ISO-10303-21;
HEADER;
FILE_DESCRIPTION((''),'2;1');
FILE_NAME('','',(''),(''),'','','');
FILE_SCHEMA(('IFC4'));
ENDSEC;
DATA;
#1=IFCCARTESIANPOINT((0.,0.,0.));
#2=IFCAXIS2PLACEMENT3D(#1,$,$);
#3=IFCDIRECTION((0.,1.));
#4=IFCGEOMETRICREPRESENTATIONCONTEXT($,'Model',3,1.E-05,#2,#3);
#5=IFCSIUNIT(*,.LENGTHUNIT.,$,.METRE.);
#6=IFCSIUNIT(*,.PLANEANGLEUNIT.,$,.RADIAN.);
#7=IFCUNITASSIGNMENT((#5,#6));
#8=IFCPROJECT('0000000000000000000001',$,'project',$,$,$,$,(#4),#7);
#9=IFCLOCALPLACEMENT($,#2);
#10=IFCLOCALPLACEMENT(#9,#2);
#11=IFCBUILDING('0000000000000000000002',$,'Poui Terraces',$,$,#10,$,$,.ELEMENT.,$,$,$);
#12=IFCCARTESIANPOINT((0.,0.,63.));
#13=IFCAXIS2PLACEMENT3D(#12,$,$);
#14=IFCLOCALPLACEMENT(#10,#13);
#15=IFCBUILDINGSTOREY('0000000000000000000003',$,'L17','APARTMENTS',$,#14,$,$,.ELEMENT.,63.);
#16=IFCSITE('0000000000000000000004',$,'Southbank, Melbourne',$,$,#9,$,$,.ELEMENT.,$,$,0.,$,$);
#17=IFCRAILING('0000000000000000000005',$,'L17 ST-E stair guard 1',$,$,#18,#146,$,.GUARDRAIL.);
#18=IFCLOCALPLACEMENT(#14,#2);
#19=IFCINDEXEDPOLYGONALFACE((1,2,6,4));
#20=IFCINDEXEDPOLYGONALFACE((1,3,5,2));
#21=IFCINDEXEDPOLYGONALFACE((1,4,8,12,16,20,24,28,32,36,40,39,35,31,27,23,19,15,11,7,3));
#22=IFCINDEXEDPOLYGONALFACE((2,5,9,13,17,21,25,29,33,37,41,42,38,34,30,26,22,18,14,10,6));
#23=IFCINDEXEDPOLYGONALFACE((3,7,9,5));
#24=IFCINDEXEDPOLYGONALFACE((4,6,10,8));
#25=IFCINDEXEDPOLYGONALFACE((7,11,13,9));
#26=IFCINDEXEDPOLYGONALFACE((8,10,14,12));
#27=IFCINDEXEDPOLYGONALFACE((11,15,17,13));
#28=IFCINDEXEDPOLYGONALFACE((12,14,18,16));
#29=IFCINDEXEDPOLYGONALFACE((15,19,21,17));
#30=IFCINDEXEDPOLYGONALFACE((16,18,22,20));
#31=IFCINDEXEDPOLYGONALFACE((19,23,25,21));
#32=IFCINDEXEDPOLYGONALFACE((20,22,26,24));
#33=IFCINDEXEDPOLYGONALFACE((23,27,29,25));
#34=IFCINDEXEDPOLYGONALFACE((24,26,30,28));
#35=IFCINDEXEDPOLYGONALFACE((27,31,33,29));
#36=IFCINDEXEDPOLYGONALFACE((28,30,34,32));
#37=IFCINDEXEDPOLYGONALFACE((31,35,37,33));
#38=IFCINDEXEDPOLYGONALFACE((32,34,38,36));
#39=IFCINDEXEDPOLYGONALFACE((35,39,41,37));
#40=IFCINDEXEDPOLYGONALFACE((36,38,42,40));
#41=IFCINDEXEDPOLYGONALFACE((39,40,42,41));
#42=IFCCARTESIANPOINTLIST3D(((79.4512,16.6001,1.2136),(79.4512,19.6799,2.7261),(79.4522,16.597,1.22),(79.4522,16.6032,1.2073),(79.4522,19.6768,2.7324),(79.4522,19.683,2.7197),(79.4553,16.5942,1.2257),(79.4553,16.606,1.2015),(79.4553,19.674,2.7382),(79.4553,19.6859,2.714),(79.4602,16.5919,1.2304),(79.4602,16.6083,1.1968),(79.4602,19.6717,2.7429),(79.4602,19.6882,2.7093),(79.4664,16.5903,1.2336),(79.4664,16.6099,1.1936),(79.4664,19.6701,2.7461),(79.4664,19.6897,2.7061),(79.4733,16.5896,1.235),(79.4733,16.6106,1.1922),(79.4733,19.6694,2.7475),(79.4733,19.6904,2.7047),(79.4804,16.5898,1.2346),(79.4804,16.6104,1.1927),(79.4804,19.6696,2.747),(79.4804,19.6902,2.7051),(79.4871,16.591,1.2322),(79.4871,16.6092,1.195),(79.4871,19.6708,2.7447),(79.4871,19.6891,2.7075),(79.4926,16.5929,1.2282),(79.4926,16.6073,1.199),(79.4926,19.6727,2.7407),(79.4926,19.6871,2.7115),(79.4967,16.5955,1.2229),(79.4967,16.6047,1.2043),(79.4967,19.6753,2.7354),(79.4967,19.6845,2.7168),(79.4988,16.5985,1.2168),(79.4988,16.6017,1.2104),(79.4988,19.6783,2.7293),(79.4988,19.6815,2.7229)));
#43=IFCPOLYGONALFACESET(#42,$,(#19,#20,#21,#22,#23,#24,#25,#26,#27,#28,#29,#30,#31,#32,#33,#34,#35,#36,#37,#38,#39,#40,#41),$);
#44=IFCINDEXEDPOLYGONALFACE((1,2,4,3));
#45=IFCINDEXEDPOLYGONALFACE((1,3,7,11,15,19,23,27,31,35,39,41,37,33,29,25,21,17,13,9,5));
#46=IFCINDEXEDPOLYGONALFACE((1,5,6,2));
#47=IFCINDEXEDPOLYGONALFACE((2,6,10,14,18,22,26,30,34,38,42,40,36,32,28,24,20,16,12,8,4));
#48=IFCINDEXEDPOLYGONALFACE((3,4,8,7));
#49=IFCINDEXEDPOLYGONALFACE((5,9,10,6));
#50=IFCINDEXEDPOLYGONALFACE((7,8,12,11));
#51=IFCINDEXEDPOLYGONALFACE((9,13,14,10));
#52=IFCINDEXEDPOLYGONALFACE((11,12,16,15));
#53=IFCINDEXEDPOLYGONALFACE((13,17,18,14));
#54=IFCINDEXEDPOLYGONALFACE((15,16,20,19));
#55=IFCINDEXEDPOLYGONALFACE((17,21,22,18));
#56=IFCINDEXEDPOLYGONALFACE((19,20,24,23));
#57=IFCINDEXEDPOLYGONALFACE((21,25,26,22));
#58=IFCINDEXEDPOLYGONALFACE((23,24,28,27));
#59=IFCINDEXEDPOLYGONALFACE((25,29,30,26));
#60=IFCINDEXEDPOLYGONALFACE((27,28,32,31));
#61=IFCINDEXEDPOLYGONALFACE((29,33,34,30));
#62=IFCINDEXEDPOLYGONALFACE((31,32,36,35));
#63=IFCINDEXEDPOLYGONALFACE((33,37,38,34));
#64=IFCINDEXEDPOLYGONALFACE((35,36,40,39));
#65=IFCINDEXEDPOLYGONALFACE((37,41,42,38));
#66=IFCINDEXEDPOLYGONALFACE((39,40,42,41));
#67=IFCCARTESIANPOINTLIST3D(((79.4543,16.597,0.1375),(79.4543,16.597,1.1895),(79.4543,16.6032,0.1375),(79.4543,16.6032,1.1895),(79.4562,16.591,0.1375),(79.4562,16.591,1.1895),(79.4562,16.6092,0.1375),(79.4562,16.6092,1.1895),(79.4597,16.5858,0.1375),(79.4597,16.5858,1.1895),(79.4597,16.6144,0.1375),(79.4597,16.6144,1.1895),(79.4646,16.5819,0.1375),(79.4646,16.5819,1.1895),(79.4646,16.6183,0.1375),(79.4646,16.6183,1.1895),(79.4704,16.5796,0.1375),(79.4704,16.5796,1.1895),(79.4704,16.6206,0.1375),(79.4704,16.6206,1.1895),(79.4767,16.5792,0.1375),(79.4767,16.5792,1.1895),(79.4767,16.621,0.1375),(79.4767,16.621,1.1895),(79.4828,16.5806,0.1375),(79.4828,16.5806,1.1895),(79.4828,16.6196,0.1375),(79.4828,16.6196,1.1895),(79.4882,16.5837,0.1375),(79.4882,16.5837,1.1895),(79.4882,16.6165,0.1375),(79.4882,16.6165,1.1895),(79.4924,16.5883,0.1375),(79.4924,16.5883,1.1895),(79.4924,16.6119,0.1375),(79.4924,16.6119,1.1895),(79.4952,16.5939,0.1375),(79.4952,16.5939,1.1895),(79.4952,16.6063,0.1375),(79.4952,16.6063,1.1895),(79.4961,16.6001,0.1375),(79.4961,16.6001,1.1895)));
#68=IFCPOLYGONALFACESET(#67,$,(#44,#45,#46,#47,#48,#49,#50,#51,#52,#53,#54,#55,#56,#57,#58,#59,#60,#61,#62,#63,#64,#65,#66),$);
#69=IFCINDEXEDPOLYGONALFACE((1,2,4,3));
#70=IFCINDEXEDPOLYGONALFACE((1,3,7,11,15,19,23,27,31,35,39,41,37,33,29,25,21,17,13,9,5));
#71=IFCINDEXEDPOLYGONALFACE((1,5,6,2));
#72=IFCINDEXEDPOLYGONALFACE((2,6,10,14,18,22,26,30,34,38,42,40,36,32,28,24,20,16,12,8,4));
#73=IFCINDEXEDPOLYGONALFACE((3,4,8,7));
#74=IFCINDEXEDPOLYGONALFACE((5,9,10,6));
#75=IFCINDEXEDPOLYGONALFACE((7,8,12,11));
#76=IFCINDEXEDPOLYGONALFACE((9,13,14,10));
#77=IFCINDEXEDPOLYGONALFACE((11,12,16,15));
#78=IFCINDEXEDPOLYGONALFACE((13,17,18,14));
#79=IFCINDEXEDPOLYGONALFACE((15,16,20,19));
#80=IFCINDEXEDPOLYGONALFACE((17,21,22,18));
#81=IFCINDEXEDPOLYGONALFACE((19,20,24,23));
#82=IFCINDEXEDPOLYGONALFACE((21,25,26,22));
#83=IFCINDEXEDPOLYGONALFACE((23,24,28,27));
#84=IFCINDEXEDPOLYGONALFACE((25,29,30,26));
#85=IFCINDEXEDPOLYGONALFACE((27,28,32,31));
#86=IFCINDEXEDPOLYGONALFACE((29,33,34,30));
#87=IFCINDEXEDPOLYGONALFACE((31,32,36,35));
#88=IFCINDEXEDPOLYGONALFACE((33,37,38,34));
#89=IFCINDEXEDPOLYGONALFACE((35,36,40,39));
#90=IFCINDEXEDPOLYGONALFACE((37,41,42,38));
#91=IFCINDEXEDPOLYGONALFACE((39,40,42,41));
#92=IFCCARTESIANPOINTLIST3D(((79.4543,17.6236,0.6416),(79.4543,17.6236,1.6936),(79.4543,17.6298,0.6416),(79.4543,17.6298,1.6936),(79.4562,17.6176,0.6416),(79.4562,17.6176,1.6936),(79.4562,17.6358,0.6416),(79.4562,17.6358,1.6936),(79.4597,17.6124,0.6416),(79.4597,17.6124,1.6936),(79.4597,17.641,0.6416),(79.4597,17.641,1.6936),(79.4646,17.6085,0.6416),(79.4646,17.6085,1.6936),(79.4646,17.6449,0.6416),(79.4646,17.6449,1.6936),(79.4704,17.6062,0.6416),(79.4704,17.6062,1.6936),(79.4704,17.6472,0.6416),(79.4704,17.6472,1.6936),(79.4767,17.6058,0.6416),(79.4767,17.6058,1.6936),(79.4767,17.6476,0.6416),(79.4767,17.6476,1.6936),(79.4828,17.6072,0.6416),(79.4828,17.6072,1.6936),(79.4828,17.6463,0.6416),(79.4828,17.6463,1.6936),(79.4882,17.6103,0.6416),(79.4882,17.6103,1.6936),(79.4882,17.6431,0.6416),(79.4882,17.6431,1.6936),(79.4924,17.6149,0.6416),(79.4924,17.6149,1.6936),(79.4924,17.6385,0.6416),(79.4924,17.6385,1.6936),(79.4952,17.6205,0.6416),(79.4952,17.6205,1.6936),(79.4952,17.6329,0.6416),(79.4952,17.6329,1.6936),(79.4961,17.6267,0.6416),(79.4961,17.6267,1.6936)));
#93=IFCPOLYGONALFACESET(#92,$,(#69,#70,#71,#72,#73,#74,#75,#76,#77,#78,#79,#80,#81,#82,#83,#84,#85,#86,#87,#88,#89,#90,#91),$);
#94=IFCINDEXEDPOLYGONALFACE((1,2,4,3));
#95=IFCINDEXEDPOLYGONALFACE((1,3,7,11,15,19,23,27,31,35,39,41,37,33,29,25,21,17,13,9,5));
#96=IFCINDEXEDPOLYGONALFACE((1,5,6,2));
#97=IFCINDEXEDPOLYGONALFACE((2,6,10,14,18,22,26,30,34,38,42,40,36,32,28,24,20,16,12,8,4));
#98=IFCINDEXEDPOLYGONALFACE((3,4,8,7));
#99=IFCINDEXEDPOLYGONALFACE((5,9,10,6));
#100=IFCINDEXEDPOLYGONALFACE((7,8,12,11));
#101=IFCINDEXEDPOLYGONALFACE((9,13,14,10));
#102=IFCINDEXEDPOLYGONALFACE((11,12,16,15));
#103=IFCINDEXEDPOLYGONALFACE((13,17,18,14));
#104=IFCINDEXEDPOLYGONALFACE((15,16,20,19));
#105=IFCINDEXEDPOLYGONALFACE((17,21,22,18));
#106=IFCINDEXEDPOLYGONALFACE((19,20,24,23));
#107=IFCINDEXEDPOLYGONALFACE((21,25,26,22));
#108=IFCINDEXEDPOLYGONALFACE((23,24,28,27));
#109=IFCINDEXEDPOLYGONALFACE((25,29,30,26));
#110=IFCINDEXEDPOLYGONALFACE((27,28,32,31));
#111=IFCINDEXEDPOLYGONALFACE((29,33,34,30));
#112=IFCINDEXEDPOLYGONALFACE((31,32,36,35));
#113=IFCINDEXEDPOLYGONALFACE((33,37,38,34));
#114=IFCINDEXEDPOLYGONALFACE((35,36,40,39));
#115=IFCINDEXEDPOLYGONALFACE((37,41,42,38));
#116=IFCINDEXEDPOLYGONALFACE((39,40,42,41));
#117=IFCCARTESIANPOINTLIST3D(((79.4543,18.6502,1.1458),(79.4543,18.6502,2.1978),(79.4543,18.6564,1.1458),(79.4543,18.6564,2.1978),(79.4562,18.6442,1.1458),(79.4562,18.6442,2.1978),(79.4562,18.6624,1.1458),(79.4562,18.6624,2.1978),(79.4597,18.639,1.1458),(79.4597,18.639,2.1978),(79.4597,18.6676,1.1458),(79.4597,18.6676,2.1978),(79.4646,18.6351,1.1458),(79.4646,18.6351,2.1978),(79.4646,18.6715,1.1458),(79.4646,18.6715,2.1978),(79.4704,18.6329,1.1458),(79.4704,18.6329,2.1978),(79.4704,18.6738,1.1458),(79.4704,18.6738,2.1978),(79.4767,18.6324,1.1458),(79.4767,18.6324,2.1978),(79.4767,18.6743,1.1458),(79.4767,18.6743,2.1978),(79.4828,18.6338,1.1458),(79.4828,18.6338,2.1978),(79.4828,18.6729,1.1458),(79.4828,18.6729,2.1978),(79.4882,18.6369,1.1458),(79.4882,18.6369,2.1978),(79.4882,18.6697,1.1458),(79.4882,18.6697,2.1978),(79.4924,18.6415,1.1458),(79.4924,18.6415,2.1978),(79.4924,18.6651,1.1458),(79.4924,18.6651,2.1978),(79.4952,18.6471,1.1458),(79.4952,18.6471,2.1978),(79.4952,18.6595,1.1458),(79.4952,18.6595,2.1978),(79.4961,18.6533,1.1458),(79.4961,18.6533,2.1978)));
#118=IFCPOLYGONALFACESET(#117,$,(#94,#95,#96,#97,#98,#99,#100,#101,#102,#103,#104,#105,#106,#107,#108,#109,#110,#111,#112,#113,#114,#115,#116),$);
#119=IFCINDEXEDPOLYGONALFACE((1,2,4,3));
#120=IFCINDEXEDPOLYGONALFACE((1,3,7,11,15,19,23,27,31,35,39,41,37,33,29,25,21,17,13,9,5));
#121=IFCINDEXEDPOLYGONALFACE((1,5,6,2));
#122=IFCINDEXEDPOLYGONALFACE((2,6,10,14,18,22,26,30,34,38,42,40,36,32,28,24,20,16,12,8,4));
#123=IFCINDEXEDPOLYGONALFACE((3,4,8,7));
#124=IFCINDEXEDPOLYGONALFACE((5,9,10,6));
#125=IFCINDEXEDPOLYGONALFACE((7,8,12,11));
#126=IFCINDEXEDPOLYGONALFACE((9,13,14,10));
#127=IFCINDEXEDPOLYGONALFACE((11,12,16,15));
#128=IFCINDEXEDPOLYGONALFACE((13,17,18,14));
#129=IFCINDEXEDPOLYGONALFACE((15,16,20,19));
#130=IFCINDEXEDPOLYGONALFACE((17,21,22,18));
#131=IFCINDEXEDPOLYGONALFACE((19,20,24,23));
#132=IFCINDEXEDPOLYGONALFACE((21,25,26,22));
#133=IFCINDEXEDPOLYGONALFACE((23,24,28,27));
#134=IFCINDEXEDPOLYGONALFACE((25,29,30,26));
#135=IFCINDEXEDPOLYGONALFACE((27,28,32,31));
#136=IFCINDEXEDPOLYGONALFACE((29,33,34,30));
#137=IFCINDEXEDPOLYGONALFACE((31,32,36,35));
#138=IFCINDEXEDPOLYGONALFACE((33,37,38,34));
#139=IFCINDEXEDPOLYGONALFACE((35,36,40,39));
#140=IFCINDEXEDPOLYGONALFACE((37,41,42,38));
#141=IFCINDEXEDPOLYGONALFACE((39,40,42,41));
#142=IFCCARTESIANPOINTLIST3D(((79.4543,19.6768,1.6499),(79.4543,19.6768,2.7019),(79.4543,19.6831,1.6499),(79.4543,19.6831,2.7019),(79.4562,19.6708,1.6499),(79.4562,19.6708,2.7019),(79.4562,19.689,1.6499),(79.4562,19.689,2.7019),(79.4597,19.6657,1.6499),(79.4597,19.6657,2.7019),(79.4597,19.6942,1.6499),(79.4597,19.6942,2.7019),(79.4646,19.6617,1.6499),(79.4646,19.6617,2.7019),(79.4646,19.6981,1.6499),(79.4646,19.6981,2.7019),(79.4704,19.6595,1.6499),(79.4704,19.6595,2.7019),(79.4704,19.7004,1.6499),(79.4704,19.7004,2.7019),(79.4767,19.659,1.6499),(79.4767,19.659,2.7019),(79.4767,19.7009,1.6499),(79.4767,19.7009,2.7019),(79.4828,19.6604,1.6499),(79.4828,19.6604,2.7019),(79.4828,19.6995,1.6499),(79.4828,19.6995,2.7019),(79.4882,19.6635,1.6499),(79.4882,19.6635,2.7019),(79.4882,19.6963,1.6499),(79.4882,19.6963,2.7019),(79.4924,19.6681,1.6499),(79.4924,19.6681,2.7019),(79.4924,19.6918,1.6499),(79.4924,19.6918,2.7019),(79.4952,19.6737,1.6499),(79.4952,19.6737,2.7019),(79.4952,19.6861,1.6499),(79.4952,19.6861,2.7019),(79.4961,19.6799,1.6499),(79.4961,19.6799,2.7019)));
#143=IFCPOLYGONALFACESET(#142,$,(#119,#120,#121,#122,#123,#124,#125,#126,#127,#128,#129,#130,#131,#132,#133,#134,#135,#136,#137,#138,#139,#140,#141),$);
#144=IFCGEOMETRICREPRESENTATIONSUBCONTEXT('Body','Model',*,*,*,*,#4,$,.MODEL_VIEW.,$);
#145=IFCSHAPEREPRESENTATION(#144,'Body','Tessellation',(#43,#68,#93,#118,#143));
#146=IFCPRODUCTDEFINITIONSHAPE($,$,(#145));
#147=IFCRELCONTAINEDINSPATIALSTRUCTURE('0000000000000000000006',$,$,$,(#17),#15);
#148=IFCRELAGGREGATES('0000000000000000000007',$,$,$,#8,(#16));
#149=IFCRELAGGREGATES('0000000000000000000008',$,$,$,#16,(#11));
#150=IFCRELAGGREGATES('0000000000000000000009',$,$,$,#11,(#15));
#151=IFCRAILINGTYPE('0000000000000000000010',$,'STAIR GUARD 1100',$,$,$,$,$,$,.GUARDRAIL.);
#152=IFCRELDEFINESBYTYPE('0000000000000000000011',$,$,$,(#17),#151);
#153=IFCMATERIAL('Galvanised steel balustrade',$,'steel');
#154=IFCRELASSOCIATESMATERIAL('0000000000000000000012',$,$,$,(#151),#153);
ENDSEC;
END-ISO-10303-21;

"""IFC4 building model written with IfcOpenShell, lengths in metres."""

from ifc_helpers import new_model, si_unit, direction, frame, origin, origin_2d, place, context, subcontext, project, spatial, circle, extrude, material, type_object, element, save


model = new_model("IFC4")

# Units and contexts
model_context = context("Model", 3, precision=1e-05, world=origin(), true_north=direction((0.0, 1.0)))
body_context = subcontext(model_context, "Body", "Model", "MODEL_VIEW")
ifc_project = project(units=[si_unit("LENGTHUNIT", "METRE"), si_unit("PLANEANGLEUNIT", "RADIAN")], contexts=[model_context])

# Site, building, storey
site_placement = place(None, origin())
site = spatial("IfcSite", under=ifc_project, at=site_placement, Name="Southbank, Melbourne", CompositionType="ELEMENT", RefElevation=0.0)
building_placement = place(site_placement, origin())
building = spatial("IfcBuilding", under=site, at=building_placement, Name="Poui Terraces", CompositionType="ELEMENT")
storey_placement = place(building_placement, frame((0.0, 0.0, 63.0)))
storey = spatial("IfcBuildingStorey", under=building, at=storey_placement, Name="L17", Description="APARTMENTS", CompositionType="ELEMENT", Elevation=63.0)

# Railing
ifc_material_1 = material(Name="Galvanised steel balustrade", Category="steel")
railing_type_1 = type_object("IfcRailingType", Name="STAIR GUARD 1100", PredefinedType="GUARDRAIL", material=ifc_material_1)
railing_1_placement = place(storey_placement, frame((79.4751, 16.6001, 0.1375)))
element("IfcRailing", 1, at=railing_1_placement, inside=storey, type_object=railing_type_1, Name="L17 ST-E stair guard 1", PredefinedType="GUARDRAIL", context=body_context, shape_type="SweptSolid", body=[
    extrude(circle(Radius=0.0239, at=origin_2d()), frame((0.0, 0.0, 1.0762), z_axis=(0.0, 0.897606, 0.440798), x_axis=(-1.0, 0.0, 0.0)), (0.0, 0.0, 1.0), 3.4312),
    extrude(circle(Radius=0.021, at=origin_2d()), origin(), (0.0, 0.0, 1.0), 1.052),
    extrude(circle(Radius=0.021, at=origin_2d()), frame((0.0, 1.0266, 0.5042)), (0.0, 0.0, 1.0), 1.052),
    extrude(circle(Radius=0.021, at=origin_2d()), frame((0.0, 2.0532, 1.0083)), (0.0, 0.0, 1.0), 1.052),
    extrude(circle(Radius=0.021, at=origin_2d()), frame((0.0, 3.0798, 1.5125)), (0.0, 0.0, 1.0), 1.052),
])

save(model, "model.ifc")
